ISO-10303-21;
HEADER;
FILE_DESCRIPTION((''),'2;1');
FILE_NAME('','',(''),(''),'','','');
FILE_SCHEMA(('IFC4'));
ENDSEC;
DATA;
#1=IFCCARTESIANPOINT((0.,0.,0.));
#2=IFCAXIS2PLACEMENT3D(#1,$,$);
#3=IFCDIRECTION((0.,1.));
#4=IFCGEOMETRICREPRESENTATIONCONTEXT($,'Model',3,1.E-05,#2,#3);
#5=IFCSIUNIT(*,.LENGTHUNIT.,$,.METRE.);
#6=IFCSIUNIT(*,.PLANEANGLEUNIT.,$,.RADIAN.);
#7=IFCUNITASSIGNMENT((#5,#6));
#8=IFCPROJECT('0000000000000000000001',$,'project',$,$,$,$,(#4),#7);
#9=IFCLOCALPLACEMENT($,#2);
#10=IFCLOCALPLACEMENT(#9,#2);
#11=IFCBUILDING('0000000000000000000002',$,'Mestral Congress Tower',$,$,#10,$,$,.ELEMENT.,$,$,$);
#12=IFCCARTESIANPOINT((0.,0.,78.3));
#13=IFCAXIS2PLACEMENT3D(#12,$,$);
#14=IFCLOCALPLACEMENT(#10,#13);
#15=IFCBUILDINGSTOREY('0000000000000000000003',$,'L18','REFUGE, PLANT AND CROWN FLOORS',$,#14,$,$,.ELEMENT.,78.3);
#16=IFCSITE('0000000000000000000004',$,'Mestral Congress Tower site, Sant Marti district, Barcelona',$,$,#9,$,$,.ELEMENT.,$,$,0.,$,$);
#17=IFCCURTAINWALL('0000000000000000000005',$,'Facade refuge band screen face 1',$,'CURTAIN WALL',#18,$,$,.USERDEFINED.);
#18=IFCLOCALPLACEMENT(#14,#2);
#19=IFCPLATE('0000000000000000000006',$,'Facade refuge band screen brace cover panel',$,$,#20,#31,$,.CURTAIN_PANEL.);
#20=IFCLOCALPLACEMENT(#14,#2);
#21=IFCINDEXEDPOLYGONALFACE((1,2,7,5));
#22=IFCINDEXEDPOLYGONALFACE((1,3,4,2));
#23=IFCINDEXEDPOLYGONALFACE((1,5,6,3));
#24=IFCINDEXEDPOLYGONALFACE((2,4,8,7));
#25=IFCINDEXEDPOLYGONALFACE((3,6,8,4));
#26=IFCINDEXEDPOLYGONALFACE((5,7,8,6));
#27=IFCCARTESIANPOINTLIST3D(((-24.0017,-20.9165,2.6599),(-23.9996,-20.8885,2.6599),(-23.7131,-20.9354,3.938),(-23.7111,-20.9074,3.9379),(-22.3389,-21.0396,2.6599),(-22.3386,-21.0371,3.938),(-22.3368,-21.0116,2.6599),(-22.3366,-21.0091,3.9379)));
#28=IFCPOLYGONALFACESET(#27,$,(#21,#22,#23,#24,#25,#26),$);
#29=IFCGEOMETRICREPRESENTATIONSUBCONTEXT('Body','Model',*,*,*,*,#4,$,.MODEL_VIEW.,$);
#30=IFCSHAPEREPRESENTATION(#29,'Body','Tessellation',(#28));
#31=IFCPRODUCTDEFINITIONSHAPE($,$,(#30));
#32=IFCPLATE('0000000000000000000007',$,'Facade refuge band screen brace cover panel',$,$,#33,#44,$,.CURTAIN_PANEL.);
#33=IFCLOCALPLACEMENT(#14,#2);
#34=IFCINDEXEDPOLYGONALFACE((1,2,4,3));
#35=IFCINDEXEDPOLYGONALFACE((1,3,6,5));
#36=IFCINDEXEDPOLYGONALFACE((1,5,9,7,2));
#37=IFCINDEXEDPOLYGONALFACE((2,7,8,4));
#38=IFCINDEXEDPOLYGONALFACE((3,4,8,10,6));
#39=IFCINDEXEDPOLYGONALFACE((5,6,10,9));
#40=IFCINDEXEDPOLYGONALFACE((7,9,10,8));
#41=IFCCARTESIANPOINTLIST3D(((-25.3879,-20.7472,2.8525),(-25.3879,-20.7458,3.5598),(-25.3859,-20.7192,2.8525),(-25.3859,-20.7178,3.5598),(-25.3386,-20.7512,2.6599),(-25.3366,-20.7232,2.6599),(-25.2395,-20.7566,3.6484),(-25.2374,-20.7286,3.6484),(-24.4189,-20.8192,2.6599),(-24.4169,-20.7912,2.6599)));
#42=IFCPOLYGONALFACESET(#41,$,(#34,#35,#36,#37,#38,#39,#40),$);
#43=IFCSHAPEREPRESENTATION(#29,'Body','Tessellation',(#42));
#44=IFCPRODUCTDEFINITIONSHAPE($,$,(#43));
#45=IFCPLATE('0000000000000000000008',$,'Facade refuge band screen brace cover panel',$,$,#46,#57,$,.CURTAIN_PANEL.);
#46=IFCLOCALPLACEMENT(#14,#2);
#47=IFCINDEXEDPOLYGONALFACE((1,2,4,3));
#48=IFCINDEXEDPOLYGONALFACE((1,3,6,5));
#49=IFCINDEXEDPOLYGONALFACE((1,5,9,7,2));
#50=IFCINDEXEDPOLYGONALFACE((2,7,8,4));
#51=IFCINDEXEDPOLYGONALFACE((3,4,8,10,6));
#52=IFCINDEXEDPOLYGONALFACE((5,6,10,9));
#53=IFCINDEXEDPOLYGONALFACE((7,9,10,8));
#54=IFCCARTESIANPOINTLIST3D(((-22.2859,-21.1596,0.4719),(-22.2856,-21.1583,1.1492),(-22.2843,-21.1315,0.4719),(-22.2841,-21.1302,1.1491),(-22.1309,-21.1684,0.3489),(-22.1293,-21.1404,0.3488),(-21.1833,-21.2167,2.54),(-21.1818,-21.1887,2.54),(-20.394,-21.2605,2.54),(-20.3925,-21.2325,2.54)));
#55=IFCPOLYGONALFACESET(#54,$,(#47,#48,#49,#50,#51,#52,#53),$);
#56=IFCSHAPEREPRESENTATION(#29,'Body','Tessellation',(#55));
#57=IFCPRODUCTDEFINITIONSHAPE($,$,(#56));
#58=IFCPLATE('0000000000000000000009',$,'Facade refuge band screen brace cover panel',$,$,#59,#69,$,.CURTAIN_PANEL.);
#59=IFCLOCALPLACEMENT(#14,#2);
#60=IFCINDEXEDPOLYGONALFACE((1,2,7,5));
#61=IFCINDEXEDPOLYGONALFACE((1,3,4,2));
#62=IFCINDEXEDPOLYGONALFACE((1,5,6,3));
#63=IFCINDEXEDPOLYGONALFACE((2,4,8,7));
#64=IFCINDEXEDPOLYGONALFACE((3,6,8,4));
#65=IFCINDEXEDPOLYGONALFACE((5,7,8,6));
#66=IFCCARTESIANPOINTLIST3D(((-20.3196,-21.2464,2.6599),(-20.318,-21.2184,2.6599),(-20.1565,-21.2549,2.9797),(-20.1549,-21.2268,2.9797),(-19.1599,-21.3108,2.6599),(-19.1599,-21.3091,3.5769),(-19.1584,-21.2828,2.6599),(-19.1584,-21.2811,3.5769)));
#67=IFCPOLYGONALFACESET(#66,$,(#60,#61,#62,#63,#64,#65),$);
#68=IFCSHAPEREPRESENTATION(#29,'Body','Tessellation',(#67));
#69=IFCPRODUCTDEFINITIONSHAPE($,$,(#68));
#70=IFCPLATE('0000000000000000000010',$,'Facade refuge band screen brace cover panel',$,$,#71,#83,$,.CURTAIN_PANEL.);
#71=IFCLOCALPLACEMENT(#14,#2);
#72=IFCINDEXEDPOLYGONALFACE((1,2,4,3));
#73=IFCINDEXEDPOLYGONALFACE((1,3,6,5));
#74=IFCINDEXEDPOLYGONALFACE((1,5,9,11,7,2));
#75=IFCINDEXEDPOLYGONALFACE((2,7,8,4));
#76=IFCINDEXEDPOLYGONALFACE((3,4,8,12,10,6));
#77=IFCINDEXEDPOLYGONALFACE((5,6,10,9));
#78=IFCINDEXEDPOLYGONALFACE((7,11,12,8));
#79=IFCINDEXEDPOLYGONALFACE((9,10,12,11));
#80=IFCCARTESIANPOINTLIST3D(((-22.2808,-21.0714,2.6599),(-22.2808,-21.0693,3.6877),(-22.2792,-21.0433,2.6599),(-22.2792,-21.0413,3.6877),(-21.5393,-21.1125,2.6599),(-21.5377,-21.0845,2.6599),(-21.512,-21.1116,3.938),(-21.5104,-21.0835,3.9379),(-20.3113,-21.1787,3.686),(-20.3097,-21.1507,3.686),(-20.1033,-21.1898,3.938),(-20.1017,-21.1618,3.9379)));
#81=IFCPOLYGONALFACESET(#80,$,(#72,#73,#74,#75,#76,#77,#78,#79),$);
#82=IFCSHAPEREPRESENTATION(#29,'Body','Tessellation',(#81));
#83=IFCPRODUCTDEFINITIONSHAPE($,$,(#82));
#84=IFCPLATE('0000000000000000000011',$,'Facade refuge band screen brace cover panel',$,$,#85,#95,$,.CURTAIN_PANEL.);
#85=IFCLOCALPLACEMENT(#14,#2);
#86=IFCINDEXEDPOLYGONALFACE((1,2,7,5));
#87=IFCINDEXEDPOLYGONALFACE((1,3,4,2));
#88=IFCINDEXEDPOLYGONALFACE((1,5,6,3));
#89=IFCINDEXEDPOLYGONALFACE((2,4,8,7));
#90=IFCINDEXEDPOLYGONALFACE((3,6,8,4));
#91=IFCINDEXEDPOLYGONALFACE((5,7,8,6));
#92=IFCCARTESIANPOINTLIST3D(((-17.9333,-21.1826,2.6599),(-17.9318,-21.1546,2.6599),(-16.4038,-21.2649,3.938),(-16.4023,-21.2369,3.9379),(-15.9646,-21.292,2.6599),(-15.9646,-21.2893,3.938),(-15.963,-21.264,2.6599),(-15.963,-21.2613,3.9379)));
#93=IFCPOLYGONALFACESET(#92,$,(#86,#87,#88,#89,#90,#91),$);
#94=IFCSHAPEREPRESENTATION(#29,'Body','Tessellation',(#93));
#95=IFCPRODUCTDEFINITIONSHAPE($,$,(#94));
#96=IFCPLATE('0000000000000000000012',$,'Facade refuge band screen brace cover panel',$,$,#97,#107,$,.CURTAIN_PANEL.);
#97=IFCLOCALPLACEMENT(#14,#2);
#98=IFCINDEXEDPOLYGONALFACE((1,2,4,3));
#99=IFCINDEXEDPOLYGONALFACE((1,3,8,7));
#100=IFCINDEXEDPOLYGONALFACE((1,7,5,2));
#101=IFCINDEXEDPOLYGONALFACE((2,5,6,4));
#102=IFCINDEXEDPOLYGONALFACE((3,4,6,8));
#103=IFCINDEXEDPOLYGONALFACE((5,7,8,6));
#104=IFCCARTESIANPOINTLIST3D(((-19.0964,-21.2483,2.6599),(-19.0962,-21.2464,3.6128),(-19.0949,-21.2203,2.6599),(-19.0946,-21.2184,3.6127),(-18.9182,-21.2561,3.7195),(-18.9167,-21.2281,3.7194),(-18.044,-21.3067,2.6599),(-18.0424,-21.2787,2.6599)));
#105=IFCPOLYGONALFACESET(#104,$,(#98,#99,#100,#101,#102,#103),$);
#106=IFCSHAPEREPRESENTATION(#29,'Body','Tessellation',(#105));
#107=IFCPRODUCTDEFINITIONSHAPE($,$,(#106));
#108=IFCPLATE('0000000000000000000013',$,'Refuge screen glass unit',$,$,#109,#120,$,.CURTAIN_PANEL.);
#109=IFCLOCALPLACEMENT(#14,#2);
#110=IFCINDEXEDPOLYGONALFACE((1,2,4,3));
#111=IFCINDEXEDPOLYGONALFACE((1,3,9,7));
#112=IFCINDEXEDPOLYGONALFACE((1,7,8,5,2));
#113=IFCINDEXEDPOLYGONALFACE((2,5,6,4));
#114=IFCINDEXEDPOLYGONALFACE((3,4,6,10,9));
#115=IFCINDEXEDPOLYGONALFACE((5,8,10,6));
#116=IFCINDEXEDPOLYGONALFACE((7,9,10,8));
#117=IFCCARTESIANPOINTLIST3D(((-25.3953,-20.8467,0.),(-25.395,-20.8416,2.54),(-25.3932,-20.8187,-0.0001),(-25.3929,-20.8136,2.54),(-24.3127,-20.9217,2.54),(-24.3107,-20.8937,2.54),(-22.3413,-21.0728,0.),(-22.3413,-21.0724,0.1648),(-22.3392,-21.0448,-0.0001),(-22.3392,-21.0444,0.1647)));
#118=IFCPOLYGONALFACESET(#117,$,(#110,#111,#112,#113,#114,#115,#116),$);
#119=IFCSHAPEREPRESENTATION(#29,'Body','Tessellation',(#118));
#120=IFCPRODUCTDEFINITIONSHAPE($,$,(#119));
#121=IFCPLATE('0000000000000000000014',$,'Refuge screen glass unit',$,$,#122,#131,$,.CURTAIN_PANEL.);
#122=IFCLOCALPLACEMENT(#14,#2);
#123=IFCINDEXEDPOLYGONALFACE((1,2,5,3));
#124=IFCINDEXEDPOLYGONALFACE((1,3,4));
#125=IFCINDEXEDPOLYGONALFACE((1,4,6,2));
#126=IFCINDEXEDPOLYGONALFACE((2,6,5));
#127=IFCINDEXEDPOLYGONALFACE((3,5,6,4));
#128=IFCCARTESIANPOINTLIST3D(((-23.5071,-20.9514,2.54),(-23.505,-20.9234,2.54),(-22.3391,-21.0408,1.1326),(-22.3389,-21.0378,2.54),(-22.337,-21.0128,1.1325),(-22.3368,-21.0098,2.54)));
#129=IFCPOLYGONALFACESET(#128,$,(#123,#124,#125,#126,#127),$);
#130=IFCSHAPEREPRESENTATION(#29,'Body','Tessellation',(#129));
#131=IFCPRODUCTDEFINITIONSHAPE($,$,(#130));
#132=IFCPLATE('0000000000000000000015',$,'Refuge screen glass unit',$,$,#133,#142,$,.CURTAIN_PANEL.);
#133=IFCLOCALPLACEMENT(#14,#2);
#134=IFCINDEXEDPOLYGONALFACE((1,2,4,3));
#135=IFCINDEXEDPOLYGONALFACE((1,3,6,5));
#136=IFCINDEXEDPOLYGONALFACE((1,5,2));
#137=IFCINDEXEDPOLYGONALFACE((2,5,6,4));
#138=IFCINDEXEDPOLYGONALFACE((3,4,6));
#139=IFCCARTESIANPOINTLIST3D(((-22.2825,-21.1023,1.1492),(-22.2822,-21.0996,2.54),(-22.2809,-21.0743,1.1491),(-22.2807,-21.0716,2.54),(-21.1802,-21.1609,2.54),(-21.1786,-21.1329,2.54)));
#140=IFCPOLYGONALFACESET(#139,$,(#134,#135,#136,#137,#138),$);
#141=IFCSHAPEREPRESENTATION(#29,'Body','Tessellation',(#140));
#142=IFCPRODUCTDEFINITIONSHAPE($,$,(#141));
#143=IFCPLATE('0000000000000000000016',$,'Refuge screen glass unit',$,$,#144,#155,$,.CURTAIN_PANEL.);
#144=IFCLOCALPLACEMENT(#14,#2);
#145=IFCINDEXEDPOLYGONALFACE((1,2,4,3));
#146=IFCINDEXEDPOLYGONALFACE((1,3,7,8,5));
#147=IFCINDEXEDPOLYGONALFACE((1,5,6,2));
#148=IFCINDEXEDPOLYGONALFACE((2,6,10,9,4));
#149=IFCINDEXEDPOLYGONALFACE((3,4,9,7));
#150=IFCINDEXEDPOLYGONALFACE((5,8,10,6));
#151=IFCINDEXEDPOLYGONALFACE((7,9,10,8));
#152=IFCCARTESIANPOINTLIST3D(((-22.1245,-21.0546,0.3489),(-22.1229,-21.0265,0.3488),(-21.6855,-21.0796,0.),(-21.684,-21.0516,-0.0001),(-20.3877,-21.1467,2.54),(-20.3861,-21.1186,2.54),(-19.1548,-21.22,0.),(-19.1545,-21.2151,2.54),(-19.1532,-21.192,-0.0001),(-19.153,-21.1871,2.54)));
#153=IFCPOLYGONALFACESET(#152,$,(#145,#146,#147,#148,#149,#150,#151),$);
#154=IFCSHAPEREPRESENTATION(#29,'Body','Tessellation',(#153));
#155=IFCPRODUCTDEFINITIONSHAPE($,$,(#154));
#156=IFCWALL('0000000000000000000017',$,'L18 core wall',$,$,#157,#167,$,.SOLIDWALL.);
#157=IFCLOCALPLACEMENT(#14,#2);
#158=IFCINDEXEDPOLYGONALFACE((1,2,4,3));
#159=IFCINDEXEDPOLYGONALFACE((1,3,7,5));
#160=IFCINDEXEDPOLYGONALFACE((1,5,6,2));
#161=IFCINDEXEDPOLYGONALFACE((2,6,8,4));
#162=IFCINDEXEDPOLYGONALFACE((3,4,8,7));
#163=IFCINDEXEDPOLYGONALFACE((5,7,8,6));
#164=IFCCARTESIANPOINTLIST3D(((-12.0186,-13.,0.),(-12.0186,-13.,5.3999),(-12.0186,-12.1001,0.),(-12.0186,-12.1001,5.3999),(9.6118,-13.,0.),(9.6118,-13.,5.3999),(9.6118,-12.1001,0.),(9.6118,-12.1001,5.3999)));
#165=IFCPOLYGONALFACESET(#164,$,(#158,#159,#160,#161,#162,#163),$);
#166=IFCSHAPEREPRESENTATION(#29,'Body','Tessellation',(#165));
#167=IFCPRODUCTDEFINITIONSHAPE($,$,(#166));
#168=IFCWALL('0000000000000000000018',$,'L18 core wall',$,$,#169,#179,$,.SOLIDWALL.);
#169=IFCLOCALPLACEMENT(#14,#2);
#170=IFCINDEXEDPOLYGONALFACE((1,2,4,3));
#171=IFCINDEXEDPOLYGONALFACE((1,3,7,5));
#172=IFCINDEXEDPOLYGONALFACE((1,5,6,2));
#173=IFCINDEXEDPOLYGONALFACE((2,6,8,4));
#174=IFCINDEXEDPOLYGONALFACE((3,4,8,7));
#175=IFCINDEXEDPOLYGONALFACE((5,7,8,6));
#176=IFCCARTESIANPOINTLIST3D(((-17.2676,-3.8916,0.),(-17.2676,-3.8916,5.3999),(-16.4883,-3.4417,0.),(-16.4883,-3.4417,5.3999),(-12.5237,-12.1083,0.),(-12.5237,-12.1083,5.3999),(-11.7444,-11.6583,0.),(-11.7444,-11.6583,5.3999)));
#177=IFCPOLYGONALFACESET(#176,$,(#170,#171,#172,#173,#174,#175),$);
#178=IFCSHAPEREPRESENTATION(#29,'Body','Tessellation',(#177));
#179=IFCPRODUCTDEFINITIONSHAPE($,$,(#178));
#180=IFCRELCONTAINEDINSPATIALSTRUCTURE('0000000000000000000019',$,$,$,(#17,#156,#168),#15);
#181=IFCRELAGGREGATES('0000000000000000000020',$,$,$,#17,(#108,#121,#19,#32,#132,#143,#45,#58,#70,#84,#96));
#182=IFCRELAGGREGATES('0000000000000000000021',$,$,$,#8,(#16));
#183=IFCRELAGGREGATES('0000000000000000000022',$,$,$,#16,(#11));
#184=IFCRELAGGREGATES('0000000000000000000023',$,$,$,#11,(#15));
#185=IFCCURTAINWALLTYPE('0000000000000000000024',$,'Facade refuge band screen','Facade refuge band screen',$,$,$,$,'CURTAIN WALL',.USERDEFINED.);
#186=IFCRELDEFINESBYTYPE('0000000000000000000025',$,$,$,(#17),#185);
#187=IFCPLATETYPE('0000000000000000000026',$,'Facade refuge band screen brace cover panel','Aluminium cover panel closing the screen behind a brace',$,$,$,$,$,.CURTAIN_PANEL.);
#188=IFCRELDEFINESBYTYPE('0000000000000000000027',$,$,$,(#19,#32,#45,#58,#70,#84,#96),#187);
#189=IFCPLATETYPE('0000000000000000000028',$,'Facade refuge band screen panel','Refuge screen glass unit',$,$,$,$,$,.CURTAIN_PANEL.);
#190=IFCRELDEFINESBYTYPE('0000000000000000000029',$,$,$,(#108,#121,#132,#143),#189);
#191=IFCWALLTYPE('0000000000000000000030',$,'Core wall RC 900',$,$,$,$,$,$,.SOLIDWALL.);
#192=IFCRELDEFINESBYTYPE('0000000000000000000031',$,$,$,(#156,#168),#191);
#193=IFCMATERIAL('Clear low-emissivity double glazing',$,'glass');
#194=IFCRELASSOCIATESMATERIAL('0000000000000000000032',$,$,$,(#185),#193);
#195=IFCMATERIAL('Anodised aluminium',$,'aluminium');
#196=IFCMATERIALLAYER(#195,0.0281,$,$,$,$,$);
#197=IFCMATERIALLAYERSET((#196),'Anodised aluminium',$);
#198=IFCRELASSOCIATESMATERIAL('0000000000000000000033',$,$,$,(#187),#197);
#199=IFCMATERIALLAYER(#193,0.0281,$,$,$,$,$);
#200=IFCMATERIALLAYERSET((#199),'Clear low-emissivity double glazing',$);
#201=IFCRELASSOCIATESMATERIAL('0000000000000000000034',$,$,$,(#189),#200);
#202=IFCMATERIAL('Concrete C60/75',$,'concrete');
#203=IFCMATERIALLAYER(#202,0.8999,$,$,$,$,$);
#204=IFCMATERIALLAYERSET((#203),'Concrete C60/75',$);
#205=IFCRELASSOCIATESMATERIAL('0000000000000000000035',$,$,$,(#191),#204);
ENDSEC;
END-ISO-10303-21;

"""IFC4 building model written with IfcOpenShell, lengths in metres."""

from ifc_helpers import new_model, si_unit, direction, frame, frame_2d, origin, place, context, subcontext, project, spatial, polyline, rectangle, outline, extrude, material, layer, layer_set, type_object, element, aggregate, save


model = new_model("IFC4")

# Units and contexts
model_context = context("Model", 3, precision=1e-05, world=origin(), true_north=direction((0.0, 1.0)))
body_context = subcontext(model_context, "Body", "Model", "MODEL_VIEW")
ifc_project = project(units=[si_unit("LENGTHUNIT", "METRE"), si_unit("PLANEANGLEUNIT", "RADIAN")], contexts=[model_context])

# Site, building, storey
site_placement = place(None, origin())
site = spatial("IfcSite", under=ifc_project, at=site_placement, Name="Mestral Congress Tower site, Sant Marti district, Barcelona", CompositionType="ELEMENT", RefElevation=0.0)
building_placement = place(site_placement, origin())
building = spatial("IfcBuilding", under=site, at=building_placement, Name="Mestral Congress Tower", CompositionType="ELEMENT")
storey_placement = place(building_placement, frame((0.0, 0.0, 78.3)))
storey = spatial("IfcBuildingStorey", under=building, at=storey_placement, Name="L18", Description="REFUGE, PLANT AND CROWN FLOORS", CompositionType="ELEMENT", Elevation=78.3)

# Curtain wall, plates
ifc_material_1 = material(Name="Clear low-emissivity double glazing", Category="glass")
curtain_wall_type = type_object("IfcCurtainWallType", Name="Facade refuge band screen", Description="Facade refuge band screen", ElementType="CURTAIN WALL", PredefinedType="USERDEFINED", material=ifc_material_1)
placement = place(storey_placement, origin())
curtain_wall = element("IfcCurtainWall", 1, at=placement, inside=storey, type_object=curtain_wall_type, Name="Facade refuge band screen face 1", ObjectType="CURTAIN WALL", PredefinedType="USERDEFINED")
ifc_material_2 = material(Name="Anodised aluminium", Category="aluminium")
ifc_layer_1 = layer(ifc_material_2, 0.0281)
ifc_layer_set_1 = layer_set([ifc_layer_1], Name="Anodised aluminium")
plate_type_1 = type_object("IfcPlateType", Name="Facade refuge band screen brace cover panel", Description="Aluminium cover panel closing the screen behind a brace", PredefinedType="CURTAIN_PANEL", material=ifc_layer_set_1)
plate_1_placement = place(storey_placement, frame((-22.3386, -21.0371, 3.938), z_axis=(-0.073827, -0.997269, 0.00196), x_axis=(-0.000194, -0.001951, -0.999998)))
plate_1 = element("IfcPlate", 2, at=plate_1_placement, type_object=plate_type_1, Name="Facade refuge band screen brace cover panel", PredefinedType="CURTAIN_PANEL", context=body_context, shape_type="SweptSolid", body=[
    extrude(outline(polyline([(0.0, 0.0), (1.2781, 0.0), (1.2782, -1.6674), (0.0001, -1.3783), (0.0, 0.0)])), origin(), (0.0, 0.0, -1.0), 0.0281),
])
plate_2_placement = place(storey_placement, frame((-25.3386, -20.7512, 2.6599), z_axis=(-0.0737, -0.997279, 0.001983), x_axis=(-0.247928, 0.020248, 0.968567)))
plate_2 = element("IfcPlate", 3, at=plate_2_placement, type_object=plate_type_1, Name="Facade refuge band screen brace cover panel", PredefinedType="CURTAIN_PANEL", context=body_context, shape_type="SweptSolid", body=[
    extrude(outline(polyline([(0.0, 0.0), (0.1989, 0.0), (0.884, -0.1758), (0.9328, -0.342), (-0.2294, -0.8932), (0.0, 0.0)])), origin(), (0.0, 0.0, -1.0), 0.0281),
])
plate_3_placement = place(storey_placement, frame((-20.394, -21.2605, 2.54), z_axis=(-0.0554, -0.998462, 0.001946), x_axis=(-0.620837, 0.032921, -0.783248)))
plate_3 = element("IfcPlate", 4, at=plate_3_placement, type_object=plate_type_1, Name="Facade refuge band screen brace cover panel", PredefinedType="CURTAIN_PANEL", context=body_context, shape_type="SweptSolid", body=[
    extrude(outline(polyline([(0.0, 0.0), (2.7975, 0.0), (2.7977, -0.1981), (2.2671, -0.619), (0.4915, -0.6192), (0.0, 0.0)])), origin(), (0.0, 0.0, -1.0), 0.0281),
])
plate_4_placement = place(storey_placement, frame((-20.1565, -21.2549, 2.9797), z_axis=(-0.055439, -0.99846, 0.001792), x_axis=(0.856855, -0.046655, 0.513443)))
plate_4 = element("IfcPlate", 5, at=plate_4_placement, type_object=plate_type_1, Name="Facade refuge band screen brace cover panel", PredefinedType="CURTAIN_PANEL", context=body_context, shape_type="SweptSolid", body=[
    extrude(outline(polyline([(0.0, 0.0), (1.1631, 0.0), (0.6923, -0.7869), (-0.3044, -0.1906), (0.0, 0.0)])), origin(), (0.0, 0.0, -1.0), 0.0281),
])
plate_5_placement = place(storey_placement, frame((-22.2808, -21.0693, 3.6877), z_axis=(-0.055464, -0.998459, 0.001961), x_axis=(0.949601, -0.052143, 0.309095)))
plate_5 = element("IfcPlate", 6, at=plate_5_placement, type_object=plate_type_1, Name="Facade refuge band screen brace cover panel", PredefinedType="CURTAIN_PANEL", context=body_context, shape_type="SweptSolid", body=[
    extrude(outline(polyline([(0.0, 0.0), (0.8096, 0.0), (2.1514, -0.4361), (1.8754, -0.6113), (0.3886, -1.2071), (-0.3176, -0.9775), (0.0, 0.0)])), origin(), (0.0, 0.0, -1.0), 0.0281),
])
plate_6_placement = place(storey_placement, frame((-15.9646, -21.2893, 3.938), z_axis=(-0.055476, -0.998458, 0.002107), x_axis=(0.0, -0.00211, -0.999998)))
plate_6 = element("IfcPlate", 7, at=plate_6_placement, type_object=plate_type_1, Name="Facade refuge band screen brace cover panel", PredefinedType="CURTAIN_PANEL", context=body_context, shape_type="SweptSolid", body=[
    extrude(outline(polyline([(0.0, 0.0), (1.2781, 0.0), (1.2778, -1.9718), (-0.0001, -0.4399), (0.0, 0.0)])), origin(), (0.0, 0.0, -1.0), 0.0281),
])
plate_7_placement = place(storey_placement, frame((-19.0964, -21.2483, 2.6599), z_axis=(-0.055442, -0.99846, 0.001964), x_axis=(0.000251, 0.001953, 0.999998)))
plate_7 = element("IfcPlate", 8, at=plate_7_placement, type_object=plate_type_1, Name="Facade refuge band screen brace cover panel", PredefinedType="CURTAIN_PANEL", context=body_context, shape_type="SweptSolid", body=[
    extrude(outline(polyline([(0.0, 0.0), (0.9529, 0.0), (1.0596, -0.1782), (0.0002, -1.0541), (0.0, 0.0)])), origin(), (0.0, 0.0, -1.0), 0.0281),
])
ifc_layer_2 = layer(ifc_material_1, 0.0281)
ifc_layer_set_2 = layer_set([ifc_layer_2], Name="Clear low-emissivity double glazing")
plate_type_2 = type_object("IfcPlateType", Name="Facade refuge band screen panel", Description="Refuge screen glass unit", PredefinedType="CURTAIN_PANEL", material=ifc_layer_set_2)
plate_8_placement = place(storey_placement, frame((-25.395, -20.8416, 2.54), z_axis=(-0.073837, -0.997268, 0.002015), x_axis=(0.99727, -0.073837, 0.0)))
plate_8 = element("IfcPlate", 9, at=plate_8_placement, type_object=plate_type_2, Name="Refuge screen glass unit", PredefinedType="CURTAIN_PANEL", context=body_context, shape_type="SweptSolid", body=[
    extrude(outline(polyline([(0.0, 0.0), (1.0852, 0.0), (3.0624, -2.3752), (3.0624, -2.54), (0.0001, -2.54), (0.0, 0.0)])), origin(), (0.0, 0.0, -1.0), 0.0281),
])
plate_9_placement = place(storey_placement, frame((-22.3389, -21.0378, 2.54), z_axis=(-0.073779, -0.997272, 0.002089), x_axis=(-0.000173, -0.002082, -0.999998)))
plate_9 = element("IfcPlate", 10, at=plate_9_placement, type_object=plate_type_2, Name="Refuge screen glass unit", PredefinedType="CURTAIN_PANEL", context=body_context, shape_type="SweptSolid", body=[
    extrude(outline(polyline([(0.0, 0.0), (1.4075, 0.0), (0.0, -1.1714), (0.0, 0.0)])), origin(), (0.0, 0.0, -1.0), 0.0281),
])
plate_10_placement = place(storey_placement, frame((-22.2822, -21.0996, 2.54), z_axis=(-0.055519, -0.998456, 0.001938), x_axis=(0.998458, -0.055519, 0.0)))
plate_10 = element("IfcPlate", 11, at=plate_10_placement, type_object=plate_type_2, Name="Refuge screen glass unit", PredefinedType="CURTAIN_PANEL", context=body_context, shape_type="SweptSolid", body=[
    extrude(outline(polyline([(0.0, 0.0), (1.1038, 0.0), (-0.0001, -1.3909), (0.0, 0.0)])), origin(), (0.0, 0.0, -1.0), 0.0281),
])
plate_11_placement = place(storey_placement, frame((-19.1545, -21.2151, 2.54), z_axis=(-0.055404, -0.998462, 0.001955), x_axis=(-0.000092, -0.001953, -0.999998)))
plate_11 = element("IfcPlate", 12, at=plate_11_placement, type_object=plate_type_2, Name="Refuge screen glass unit", PredefinedType="CURTAIN_PANEL", context=body_context, shape_type="SweptSolid", body=[
    extrude(outline(polyline([(0.0, 0.0), (2.54, 0.0), (2.54, -2.5347), (2.1911, -2.9743), (0.0, -1.235), (0.0, 0.0)])), origin(), (0.0, 0.0, -1.0), 0.0281),
])

# Walls
ifc_material_3 = material(Name="Concrete C60/75", Category="concrete")
ifc_layer_3 = layer(ifc_material_3, 0.8999)
ifc_layer_set_3 = layer_set([ifc_layer_3], Name="Concrete C60/75")
wall_type_1 = type_object("IfcWallType", Name="Core wall RC 900", PredefinedType="SOLIDWALL", material=ifc_layer_set_3)
wall_1_placement = place(storey_placement, frame((-12.0186, -12.55, 0.0), z_axis=(0.0, 0.0, 1.0), x_axis=(1.0, 0.0, 0.0)))
element("IfcWall", 13, at=wall_1_placement, inside=storey, type_object=wall_type_1, Name="L18 core wall", PredefinedType="SOLIDWALL", context=body_context, shape_type="SweptSolid", body=[
    extrude(rectangle(XDim=21.6304, YDim=0.8999, at=frame_2d((10.8152, 0.0))), origin(), (0.0, 0.0, 1.0), 5.3999),
])
wall_2_placement = place(storey_placement, frame((-12.134, -11.8833, 0.0), z_axis=(0.0, 0.0, 1.0), x_axis=(-0.500005, 0.866022, 0.0)))
element("IfcWall", 14, at=wall_2_placement, inside=storey, type_object=wall_type_1, Name="L18 core wall", PredefinedType="SOLIDWALL", context=body_context, shape_type="SweptSolid", body=[
    extrude(rectangle(XDim=9.4878, YDim=0.8999, at=frame_2d((4.7439, 0.0))), origin(), (0.0, 0.0, 1.0), 5.3999),
])

aggregate(curtain_wall, [plate_8, plate_9, plate_1, plate_2, plate_10, plate_11, plate_3, plate_4, plate_5, plate_6, plate_7])

save(model, "model.ifc")
